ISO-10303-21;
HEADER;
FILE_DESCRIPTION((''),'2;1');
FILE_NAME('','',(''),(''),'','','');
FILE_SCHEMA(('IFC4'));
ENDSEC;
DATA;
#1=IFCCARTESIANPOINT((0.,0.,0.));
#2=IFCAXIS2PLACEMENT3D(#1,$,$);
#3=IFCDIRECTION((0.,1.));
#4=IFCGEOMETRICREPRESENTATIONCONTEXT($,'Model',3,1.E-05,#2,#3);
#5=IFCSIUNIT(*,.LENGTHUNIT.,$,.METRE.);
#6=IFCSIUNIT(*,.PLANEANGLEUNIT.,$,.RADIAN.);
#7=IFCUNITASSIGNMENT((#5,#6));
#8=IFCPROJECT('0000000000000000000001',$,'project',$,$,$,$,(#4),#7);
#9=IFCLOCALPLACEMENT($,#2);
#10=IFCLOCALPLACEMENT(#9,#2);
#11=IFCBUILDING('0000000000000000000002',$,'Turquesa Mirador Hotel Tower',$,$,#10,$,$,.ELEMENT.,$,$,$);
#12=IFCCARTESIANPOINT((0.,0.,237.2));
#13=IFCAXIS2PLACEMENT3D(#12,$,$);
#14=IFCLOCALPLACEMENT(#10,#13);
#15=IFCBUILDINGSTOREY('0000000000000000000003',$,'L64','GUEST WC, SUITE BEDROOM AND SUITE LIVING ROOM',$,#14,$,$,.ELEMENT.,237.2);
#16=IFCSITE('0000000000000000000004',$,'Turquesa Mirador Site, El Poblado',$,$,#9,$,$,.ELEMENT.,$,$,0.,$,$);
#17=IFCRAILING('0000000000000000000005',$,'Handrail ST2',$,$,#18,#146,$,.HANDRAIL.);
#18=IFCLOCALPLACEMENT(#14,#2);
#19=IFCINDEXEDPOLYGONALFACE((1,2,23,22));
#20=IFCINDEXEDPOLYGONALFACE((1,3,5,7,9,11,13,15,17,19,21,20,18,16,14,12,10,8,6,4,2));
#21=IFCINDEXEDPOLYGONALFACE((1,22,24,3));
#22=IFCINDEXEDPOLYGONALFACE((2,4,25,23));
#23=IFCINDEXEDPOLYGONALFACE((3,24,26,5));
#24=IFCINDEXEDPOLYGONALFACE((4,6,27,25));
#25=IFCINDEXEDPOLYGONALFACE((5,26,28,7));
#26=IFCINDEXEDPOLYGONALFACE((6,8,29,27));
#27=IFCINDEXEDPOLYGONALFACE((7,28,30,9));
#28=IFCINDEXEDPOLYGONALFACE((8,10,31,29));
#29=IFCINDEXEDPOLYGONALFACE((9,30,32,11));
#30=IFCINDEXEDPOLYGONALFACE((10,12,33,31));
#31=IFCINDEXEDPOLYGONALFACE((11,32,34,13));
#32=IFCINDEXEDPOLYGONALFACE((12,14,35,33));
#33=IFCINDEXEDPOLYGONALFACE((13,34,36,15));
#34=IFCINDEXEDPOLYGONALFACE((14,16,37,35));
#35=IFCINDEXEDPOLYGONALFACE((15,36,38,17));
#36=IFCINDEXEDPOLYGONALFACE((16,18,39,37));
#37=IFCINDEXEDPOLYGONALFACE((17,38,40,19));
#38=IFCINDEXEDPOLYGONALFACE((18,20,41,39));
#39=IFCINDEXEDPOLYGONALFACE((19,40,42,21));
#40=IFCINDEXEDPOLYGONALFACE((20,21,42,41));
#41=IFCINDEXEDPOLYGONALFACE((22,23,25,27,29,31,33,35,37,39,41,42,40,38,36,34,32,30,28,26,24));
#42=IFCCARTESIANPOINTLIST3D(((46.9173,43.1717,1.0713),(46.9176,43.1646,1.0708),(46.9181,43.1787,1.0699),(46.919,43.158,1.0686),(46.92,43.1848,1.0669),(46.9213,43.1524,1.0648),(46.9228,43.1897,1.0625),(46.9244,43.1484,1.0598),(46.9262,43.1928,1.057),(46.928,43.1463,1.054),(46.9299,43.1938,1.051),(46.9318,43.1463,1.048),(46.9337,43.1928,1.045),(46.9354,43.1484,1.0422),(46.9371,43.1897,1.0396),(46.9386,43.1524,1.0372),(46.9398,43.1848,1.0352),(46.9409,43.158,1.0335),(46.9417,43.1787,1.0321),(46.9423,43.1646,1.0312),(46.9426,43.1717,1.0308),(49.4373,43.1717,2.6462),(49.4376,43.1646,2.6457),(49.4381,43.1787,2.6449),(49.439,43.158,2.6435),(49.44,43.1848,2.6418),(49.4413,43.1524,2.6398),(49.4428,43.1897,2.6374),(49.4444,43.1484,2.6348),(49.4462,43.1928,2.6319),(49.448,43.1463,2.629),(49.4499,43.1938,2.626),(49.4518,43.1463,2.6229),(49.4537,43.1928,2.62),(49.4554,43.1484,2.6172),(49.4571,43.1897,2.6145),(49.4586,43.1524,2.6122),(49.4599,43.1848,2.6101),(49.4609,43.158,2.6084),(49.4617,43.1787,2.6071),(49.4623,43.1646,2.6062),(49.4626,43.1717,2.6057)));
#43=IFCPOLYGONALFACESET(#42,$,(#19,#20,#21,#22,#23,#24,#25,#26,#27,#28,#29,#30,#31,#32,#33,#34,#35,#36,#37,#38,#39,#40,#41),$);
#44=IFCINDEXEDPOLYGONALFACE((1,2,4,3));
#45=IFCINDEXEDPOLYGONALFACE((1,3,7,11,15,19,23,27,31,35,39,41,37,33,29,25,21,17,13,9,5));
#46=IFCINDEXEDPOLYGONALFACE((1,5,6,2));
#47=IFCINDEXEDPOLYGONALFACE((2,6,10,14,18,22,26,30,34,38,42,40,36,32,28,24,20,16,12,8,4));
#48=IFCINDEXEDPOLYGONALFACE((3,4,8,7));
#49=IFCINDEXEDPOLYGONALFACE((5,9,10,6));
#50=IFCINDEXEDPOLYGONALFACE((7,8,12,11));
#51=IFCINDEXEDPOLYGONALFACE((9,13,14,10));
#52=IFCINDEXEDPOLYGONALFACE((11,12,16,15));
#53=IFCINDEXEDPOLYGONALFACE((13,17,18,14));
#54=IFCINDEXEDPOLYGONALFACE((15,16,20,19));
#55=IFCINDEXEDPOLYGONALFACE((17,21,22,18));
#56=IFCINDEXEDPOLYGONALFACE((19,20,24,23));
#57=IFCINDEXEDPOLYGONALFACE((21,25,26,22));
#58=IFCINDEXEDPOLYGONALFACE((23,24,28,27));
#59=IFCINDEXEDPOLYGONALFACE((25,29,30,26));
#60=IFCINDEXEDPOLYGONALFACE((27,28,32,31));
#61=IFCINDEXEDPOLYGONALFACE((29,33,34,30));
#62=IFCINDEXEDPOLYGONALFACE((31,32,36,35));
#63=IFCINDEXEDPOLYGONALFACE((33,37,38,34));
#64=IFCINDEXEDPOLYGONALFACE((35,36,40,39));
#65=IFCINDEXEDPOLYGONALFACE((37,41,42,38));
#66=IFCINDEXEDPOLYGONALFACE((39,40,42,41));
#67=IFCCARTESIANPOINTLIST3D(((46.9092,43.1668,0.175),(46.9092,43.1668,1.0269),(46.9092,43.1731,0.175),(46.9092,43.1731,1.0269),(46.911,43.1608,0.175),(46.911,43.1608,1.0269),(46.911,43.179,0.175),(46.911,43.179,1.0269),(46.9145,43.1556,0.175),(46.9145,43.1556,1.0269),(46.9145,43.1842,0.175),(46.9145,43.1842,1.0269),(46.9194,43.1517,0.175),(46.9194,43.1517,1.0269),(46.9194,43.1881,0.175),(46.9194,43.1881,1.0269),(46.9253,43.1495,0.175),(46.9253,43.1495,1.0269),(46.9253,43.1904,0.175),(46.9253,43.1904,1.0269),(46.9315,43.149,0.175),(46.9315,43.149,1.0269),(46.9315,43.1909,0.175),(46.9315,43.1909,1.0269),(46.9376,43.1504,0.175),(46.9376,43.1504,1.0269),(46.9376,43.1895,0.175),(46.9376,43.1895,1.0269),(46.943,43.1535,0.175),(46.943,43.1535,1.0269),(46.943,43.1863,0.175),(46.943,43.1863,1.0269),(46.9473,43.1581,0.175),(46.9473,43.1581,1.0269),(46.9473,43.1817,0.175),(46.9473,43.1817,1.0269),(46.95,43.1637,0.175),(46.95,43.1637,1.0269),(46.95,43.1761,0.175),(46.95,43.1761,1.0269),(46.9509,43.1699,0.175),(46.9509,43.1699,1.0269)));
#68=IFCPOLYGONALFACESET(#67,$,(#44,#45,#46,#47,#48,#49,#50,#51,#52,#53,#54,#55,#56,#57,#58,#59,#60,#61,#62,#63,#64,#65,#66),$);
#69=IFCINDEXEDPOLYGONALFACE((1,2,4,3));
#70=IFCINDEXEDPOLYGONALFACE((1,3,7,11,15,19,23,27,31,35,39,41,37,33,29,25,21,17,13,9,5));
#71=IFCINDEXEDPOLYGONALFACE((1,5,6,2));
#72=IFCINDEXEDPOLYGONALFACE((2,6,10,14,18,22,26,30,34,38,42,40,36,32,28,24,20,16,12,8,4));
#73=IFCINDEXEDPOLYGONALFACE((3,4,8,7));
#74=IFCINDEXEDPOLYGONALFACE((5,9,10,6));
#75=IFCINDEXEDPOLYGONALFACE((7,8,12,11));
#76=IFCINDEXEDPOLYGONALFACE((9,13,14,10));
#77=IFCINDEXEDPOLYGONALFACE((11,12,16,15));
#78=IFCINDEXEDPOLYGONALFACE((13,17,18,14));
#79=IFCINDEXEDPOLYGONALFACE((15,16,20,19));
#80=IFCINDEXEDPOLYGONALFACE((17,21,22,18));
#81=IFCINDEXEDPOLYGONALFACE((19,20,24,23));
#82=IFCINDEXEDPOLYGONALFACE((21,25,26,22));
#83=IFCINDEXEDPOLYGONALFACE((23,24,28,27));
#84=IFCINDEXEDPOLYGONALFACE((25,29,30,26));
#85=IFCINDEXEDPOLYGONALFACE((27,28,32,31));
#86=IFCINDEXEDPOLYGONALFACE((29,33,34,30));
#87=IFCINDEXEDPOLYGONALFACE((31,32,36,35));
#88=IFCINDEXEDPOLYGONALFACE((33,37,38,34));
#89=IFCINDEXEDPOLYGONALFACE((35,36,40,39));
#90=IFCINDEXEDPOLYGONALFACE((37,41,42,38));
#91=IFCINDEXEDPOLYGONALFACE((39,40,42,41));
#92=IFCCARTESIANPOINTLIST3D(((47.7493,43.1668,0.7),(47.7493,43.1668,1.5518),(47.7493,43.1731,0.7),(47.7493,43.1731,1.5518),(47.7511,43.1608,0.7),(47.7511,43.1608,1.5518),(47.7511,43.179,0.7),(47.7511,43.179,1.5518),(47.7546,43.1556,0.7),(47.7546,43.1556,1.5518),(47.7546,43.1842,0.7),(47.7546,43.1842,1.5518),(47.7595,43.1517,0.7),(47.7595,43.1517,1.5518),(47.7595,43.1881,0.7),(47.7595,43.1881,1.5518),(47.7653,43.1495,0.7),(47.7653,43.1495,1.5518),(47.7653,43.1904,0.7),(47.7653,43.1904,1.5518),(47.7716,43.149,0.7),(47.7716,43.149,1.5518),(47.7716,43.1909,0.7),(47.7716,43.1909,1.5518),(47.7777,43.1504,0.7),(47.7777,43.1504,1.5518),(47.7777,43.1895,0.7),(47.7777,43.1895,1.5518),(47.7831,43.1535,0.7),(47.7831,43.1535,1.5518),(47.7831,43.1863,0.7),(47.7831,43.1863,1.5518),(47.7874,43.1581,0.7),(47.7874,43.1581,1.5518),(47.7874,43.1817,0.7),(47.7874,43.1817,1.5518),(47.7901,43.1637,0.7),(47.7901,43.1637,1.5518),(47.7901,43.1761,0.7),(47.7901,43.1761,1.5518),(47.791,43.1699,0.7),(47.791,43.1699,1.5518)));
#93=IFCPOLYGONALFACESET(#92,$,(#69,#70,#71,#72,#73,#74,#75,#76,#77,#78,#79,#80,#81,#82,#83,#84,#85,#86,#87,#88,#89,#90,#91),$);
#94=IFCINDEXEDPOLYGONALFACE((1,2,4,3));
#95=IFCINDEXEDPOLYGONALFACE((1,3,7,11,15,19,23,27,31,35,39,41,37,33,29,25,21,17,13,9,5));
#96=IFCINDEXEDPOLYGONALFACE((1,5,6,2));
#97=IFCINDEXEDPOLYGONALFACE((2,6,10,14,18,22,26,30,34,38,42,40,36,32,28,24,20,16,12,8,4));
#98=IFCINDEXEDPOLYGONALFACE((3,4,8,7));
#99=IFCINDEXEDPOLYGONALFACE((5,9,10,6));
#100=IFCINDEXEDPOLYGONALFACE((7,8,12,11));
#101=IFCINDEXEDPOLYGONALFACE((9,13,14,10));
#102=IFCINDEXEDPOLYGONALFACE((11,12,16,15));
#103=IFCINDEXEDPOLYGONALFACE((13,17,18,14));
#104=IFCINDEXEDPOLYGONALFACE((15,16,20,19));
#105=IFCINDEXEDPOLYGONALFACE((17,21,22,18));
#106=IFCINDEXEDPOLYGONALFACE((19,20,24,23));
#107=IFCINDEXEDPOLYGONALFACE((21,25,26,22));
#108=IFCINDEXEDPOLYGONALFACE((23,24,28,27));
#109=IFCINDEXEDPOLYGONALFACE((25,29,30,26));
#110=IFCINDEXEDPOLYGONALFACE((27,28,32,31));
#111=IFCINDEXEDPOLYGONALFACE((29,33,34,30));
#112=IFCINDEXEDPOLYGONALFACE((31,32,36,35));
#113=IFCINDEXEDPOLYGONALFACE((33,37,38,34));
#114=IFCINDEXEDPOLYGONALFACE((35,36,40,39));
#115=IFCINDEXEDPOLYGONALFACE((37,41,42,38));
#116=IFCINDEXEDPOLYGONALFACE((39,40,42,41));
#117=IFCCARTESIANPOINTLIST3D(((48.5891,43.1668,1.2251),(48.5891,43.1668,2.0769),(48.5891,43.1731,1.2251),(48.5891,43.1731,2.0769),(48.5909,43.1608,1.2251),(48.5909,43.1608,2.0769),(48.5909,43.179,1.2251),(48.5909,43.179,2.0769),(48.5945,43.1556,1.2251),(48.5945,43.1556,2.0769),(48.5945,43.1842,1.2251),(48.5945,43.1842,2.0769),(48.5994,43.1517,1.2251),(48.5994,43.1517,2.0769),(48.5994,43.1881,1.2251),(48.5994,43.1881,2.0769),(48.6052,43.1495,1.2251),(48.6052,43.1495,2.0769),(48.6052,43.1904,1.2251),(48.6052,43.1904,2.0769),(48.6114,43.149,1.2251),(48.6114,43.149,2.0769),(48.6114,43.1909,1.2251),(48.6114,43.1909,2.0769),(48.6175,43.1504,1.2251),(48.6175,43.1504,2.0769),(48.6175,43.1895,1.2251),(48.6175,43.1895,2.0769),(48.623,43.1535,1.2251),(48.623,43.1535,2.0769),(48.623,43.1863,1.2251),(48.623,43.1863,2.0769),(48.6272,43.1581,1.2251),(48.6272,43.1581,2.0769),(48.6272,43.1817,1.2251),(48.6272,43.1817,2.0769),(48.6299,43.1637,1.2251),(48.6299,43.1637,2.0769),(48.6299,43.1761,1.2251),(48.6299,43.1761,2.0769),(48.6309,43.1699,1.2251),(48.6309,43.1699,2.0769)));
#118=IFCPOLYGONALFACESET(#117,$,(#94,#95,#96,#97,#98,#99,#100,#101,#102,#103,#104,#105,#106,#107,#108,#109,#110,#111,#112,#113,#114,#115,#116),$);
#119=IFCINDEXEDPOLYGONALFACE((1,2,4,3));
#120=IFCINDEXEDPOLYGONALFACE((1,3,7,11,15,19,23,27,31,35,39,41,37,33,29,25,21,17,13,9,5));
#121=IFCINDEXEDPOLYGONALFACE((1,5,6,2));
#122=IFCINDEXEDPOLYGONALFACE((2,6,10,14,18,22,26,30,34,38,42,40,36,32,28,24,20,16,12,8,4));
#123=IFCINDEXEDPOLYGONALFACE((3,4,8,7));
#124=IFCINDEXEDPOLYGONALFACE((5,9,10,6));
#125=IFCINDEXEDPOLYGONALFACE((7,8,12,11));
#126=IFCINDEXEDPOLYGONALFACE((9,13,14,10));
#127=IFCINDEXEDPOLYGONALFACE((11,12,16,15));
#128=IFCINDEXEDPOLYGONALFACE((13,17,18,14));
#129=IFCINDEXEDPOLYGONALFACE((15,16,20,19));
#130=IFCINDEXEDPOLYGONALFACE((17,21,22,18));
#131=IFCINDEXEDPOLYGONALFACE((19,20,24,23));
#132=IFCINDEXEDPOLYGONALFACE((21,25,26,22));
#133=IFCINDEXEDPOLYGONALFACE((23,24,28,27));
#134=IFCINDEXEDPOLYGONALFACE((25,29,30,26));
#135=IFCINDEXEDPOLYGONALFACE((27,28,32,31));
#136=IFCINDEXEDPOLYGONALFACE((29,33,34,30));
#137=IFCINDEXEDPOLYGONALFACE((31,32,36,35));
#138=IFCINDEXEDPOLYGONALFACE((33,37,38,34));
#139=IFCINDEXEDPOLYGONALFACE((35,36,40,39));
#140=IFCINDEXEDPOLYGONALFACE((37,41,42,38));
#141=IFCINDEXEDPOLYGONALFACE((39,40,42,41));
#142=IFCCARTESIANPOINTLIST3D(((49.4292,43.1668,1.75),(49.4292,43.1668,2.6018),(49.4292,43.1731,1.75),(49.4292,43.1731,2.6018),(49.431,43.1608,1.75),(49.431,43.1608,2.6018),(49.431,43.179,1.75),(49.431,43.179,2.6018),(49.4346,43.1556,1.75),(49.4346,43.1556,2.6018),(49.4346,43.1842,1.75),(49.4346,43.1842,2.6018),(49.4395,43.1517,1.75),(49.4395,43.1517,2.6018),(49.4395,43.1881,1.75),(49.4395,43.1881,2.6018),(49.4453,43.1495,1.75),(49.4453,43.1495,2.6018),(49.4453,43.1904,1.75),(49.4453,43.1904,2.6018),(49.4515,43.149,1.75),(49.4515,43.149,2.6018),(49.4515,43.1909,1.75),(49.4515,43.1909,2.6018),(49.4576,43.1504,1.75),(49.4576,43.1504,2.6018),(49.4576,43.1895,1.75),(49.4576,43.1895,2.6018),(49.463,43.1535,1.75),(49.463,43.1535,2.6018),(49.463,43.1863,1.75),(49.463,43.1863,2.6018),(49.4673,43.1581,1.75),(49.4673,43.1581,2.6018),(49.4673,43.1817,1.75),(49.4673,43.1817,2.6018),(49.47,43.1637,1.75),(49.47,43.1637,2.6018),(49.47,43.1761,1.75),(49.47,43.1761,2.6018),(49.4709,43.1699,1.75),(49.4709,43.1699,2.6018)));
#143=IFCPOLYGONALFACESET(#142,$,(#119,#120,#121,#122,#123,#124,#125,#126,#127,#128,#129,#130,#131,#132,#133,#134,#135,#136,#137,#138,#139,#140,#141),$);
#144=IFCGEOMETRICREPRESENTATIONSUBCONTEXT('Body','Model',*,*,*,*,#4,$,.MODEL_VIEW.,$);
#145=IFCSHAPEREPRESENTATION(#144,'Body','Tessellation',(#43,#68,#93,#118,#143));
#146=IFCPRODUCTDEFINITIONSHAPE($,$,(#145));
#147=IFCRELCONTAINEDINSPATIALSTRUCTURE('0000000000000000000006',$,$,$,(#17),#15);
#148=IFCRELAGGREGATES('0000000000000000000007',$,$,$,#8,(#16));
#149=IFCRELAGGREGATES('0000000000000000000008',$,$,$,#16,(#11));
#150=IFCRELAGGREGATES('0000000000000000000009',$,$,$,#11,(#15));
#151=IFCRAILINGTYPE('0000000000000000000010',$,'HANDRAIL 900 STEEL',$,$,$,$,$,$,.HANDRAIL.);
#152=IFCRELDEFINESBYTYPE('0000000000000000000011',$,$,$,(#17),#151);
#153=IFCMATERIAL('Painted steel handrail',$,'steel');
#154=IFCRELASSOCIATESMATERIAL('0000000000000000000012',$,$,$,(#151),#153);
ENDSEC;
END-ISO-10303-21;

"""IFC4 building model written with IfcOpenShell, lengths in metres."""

from ifc_helpers import new_model, si_unit, direction, frame, origin, origin_2d, place, context, subcontext, project, spatial, circle, extrude, material, type_object, element, save


model = new_model("IFC4")

# Units and contexts
model_context = context("Model", 3, precision=1e-05, world=origin(), true_north=direction((0.0, 1.0)))
body_context = subcontext(model_context, "Body", "Model", "MODEL_VIEW")
ifc_project = project(units=[si_unit("LENGTHUNIT", "METRE"), si_unit("PLANEANGLEUNIT", "RADIAN")], contexts=[model_context])

# Site, building, storey
site_placement = place(None, origin())
site = spatial("IfcSite", under=ifc_project, at=site_placement, Name="Turquesa Mirador Site, El Poblado", CompositionType="ELEMENT", RefElevation=0.0)
building_placement = place(site_placement, origin())
building = spatial("IfcBuilding", under=site, at=building_placement, Name="Turquesa Mirador Hotel Tower", CompositionType="ELEMENT")
storey_placement = place(building_placement, frame((0.0, 0.0, 237.2)))
storey = spatial("IfcBuildingStorey", under=building, at=storey_placement, Name="L64", Description="GUEST WC, SUITE BEDROOM AND SUITE LIVING ROOM", CompositionType="ELEMENT", Elevation=237.2)

# Railing
ifc_material_1 = material(Name="Painted steel handrail", Category="steel")
railing_type = type_object("IfcRailingType", Name="HANDRAIL 900 STEEL", PredefinedType="HANDRAIL", material=ifc_material_1)
for number, where, name in (
    (1, (46.9299, 43.1699, 0.175), "Handrail ST2"),
):
    element("IfcRailing", number, at=place(storey_placement, frame(where)), inside=storey, type_object=railing_type, Name=name, PredefinedType="HANDRAIL", context=body_context, shape_type="SweptSolid", body=[
        extrude(circle(Radius=0.0239, at=origin_2d()), frame((0.0, 0.0, 0.876), z_axis=(0.848008, 0.0, 0.529984), x_axis=(0.0, 1.0, 0.0)), (0.0, 0.0, 1.0), 2.9717),
        extrude(circle(Radius=0.021, at=origin_2d()), origin(), (0.0, 0.0, 1.0), 0.8518),
        extrude(circle(Radius=0.021, at=origin_2d()), frame((0.8401, 0.0, 0.5249)), (0.0, 0.0, 1.0), 0.8518),
        extrude(circle(Radius=0.021, at=origin_2d()), frame((1.6799, 0.0, 1.05)), (0.0, 0.0, 1.0), 0.8518),
        extrude(circle(Radius=0.021, at=origin_2d()), frame((2.52, 0.0, 1.575)), (0.0, 0.0, 1.0), 0.8518),
    ])

save(model, "model.ifc")
